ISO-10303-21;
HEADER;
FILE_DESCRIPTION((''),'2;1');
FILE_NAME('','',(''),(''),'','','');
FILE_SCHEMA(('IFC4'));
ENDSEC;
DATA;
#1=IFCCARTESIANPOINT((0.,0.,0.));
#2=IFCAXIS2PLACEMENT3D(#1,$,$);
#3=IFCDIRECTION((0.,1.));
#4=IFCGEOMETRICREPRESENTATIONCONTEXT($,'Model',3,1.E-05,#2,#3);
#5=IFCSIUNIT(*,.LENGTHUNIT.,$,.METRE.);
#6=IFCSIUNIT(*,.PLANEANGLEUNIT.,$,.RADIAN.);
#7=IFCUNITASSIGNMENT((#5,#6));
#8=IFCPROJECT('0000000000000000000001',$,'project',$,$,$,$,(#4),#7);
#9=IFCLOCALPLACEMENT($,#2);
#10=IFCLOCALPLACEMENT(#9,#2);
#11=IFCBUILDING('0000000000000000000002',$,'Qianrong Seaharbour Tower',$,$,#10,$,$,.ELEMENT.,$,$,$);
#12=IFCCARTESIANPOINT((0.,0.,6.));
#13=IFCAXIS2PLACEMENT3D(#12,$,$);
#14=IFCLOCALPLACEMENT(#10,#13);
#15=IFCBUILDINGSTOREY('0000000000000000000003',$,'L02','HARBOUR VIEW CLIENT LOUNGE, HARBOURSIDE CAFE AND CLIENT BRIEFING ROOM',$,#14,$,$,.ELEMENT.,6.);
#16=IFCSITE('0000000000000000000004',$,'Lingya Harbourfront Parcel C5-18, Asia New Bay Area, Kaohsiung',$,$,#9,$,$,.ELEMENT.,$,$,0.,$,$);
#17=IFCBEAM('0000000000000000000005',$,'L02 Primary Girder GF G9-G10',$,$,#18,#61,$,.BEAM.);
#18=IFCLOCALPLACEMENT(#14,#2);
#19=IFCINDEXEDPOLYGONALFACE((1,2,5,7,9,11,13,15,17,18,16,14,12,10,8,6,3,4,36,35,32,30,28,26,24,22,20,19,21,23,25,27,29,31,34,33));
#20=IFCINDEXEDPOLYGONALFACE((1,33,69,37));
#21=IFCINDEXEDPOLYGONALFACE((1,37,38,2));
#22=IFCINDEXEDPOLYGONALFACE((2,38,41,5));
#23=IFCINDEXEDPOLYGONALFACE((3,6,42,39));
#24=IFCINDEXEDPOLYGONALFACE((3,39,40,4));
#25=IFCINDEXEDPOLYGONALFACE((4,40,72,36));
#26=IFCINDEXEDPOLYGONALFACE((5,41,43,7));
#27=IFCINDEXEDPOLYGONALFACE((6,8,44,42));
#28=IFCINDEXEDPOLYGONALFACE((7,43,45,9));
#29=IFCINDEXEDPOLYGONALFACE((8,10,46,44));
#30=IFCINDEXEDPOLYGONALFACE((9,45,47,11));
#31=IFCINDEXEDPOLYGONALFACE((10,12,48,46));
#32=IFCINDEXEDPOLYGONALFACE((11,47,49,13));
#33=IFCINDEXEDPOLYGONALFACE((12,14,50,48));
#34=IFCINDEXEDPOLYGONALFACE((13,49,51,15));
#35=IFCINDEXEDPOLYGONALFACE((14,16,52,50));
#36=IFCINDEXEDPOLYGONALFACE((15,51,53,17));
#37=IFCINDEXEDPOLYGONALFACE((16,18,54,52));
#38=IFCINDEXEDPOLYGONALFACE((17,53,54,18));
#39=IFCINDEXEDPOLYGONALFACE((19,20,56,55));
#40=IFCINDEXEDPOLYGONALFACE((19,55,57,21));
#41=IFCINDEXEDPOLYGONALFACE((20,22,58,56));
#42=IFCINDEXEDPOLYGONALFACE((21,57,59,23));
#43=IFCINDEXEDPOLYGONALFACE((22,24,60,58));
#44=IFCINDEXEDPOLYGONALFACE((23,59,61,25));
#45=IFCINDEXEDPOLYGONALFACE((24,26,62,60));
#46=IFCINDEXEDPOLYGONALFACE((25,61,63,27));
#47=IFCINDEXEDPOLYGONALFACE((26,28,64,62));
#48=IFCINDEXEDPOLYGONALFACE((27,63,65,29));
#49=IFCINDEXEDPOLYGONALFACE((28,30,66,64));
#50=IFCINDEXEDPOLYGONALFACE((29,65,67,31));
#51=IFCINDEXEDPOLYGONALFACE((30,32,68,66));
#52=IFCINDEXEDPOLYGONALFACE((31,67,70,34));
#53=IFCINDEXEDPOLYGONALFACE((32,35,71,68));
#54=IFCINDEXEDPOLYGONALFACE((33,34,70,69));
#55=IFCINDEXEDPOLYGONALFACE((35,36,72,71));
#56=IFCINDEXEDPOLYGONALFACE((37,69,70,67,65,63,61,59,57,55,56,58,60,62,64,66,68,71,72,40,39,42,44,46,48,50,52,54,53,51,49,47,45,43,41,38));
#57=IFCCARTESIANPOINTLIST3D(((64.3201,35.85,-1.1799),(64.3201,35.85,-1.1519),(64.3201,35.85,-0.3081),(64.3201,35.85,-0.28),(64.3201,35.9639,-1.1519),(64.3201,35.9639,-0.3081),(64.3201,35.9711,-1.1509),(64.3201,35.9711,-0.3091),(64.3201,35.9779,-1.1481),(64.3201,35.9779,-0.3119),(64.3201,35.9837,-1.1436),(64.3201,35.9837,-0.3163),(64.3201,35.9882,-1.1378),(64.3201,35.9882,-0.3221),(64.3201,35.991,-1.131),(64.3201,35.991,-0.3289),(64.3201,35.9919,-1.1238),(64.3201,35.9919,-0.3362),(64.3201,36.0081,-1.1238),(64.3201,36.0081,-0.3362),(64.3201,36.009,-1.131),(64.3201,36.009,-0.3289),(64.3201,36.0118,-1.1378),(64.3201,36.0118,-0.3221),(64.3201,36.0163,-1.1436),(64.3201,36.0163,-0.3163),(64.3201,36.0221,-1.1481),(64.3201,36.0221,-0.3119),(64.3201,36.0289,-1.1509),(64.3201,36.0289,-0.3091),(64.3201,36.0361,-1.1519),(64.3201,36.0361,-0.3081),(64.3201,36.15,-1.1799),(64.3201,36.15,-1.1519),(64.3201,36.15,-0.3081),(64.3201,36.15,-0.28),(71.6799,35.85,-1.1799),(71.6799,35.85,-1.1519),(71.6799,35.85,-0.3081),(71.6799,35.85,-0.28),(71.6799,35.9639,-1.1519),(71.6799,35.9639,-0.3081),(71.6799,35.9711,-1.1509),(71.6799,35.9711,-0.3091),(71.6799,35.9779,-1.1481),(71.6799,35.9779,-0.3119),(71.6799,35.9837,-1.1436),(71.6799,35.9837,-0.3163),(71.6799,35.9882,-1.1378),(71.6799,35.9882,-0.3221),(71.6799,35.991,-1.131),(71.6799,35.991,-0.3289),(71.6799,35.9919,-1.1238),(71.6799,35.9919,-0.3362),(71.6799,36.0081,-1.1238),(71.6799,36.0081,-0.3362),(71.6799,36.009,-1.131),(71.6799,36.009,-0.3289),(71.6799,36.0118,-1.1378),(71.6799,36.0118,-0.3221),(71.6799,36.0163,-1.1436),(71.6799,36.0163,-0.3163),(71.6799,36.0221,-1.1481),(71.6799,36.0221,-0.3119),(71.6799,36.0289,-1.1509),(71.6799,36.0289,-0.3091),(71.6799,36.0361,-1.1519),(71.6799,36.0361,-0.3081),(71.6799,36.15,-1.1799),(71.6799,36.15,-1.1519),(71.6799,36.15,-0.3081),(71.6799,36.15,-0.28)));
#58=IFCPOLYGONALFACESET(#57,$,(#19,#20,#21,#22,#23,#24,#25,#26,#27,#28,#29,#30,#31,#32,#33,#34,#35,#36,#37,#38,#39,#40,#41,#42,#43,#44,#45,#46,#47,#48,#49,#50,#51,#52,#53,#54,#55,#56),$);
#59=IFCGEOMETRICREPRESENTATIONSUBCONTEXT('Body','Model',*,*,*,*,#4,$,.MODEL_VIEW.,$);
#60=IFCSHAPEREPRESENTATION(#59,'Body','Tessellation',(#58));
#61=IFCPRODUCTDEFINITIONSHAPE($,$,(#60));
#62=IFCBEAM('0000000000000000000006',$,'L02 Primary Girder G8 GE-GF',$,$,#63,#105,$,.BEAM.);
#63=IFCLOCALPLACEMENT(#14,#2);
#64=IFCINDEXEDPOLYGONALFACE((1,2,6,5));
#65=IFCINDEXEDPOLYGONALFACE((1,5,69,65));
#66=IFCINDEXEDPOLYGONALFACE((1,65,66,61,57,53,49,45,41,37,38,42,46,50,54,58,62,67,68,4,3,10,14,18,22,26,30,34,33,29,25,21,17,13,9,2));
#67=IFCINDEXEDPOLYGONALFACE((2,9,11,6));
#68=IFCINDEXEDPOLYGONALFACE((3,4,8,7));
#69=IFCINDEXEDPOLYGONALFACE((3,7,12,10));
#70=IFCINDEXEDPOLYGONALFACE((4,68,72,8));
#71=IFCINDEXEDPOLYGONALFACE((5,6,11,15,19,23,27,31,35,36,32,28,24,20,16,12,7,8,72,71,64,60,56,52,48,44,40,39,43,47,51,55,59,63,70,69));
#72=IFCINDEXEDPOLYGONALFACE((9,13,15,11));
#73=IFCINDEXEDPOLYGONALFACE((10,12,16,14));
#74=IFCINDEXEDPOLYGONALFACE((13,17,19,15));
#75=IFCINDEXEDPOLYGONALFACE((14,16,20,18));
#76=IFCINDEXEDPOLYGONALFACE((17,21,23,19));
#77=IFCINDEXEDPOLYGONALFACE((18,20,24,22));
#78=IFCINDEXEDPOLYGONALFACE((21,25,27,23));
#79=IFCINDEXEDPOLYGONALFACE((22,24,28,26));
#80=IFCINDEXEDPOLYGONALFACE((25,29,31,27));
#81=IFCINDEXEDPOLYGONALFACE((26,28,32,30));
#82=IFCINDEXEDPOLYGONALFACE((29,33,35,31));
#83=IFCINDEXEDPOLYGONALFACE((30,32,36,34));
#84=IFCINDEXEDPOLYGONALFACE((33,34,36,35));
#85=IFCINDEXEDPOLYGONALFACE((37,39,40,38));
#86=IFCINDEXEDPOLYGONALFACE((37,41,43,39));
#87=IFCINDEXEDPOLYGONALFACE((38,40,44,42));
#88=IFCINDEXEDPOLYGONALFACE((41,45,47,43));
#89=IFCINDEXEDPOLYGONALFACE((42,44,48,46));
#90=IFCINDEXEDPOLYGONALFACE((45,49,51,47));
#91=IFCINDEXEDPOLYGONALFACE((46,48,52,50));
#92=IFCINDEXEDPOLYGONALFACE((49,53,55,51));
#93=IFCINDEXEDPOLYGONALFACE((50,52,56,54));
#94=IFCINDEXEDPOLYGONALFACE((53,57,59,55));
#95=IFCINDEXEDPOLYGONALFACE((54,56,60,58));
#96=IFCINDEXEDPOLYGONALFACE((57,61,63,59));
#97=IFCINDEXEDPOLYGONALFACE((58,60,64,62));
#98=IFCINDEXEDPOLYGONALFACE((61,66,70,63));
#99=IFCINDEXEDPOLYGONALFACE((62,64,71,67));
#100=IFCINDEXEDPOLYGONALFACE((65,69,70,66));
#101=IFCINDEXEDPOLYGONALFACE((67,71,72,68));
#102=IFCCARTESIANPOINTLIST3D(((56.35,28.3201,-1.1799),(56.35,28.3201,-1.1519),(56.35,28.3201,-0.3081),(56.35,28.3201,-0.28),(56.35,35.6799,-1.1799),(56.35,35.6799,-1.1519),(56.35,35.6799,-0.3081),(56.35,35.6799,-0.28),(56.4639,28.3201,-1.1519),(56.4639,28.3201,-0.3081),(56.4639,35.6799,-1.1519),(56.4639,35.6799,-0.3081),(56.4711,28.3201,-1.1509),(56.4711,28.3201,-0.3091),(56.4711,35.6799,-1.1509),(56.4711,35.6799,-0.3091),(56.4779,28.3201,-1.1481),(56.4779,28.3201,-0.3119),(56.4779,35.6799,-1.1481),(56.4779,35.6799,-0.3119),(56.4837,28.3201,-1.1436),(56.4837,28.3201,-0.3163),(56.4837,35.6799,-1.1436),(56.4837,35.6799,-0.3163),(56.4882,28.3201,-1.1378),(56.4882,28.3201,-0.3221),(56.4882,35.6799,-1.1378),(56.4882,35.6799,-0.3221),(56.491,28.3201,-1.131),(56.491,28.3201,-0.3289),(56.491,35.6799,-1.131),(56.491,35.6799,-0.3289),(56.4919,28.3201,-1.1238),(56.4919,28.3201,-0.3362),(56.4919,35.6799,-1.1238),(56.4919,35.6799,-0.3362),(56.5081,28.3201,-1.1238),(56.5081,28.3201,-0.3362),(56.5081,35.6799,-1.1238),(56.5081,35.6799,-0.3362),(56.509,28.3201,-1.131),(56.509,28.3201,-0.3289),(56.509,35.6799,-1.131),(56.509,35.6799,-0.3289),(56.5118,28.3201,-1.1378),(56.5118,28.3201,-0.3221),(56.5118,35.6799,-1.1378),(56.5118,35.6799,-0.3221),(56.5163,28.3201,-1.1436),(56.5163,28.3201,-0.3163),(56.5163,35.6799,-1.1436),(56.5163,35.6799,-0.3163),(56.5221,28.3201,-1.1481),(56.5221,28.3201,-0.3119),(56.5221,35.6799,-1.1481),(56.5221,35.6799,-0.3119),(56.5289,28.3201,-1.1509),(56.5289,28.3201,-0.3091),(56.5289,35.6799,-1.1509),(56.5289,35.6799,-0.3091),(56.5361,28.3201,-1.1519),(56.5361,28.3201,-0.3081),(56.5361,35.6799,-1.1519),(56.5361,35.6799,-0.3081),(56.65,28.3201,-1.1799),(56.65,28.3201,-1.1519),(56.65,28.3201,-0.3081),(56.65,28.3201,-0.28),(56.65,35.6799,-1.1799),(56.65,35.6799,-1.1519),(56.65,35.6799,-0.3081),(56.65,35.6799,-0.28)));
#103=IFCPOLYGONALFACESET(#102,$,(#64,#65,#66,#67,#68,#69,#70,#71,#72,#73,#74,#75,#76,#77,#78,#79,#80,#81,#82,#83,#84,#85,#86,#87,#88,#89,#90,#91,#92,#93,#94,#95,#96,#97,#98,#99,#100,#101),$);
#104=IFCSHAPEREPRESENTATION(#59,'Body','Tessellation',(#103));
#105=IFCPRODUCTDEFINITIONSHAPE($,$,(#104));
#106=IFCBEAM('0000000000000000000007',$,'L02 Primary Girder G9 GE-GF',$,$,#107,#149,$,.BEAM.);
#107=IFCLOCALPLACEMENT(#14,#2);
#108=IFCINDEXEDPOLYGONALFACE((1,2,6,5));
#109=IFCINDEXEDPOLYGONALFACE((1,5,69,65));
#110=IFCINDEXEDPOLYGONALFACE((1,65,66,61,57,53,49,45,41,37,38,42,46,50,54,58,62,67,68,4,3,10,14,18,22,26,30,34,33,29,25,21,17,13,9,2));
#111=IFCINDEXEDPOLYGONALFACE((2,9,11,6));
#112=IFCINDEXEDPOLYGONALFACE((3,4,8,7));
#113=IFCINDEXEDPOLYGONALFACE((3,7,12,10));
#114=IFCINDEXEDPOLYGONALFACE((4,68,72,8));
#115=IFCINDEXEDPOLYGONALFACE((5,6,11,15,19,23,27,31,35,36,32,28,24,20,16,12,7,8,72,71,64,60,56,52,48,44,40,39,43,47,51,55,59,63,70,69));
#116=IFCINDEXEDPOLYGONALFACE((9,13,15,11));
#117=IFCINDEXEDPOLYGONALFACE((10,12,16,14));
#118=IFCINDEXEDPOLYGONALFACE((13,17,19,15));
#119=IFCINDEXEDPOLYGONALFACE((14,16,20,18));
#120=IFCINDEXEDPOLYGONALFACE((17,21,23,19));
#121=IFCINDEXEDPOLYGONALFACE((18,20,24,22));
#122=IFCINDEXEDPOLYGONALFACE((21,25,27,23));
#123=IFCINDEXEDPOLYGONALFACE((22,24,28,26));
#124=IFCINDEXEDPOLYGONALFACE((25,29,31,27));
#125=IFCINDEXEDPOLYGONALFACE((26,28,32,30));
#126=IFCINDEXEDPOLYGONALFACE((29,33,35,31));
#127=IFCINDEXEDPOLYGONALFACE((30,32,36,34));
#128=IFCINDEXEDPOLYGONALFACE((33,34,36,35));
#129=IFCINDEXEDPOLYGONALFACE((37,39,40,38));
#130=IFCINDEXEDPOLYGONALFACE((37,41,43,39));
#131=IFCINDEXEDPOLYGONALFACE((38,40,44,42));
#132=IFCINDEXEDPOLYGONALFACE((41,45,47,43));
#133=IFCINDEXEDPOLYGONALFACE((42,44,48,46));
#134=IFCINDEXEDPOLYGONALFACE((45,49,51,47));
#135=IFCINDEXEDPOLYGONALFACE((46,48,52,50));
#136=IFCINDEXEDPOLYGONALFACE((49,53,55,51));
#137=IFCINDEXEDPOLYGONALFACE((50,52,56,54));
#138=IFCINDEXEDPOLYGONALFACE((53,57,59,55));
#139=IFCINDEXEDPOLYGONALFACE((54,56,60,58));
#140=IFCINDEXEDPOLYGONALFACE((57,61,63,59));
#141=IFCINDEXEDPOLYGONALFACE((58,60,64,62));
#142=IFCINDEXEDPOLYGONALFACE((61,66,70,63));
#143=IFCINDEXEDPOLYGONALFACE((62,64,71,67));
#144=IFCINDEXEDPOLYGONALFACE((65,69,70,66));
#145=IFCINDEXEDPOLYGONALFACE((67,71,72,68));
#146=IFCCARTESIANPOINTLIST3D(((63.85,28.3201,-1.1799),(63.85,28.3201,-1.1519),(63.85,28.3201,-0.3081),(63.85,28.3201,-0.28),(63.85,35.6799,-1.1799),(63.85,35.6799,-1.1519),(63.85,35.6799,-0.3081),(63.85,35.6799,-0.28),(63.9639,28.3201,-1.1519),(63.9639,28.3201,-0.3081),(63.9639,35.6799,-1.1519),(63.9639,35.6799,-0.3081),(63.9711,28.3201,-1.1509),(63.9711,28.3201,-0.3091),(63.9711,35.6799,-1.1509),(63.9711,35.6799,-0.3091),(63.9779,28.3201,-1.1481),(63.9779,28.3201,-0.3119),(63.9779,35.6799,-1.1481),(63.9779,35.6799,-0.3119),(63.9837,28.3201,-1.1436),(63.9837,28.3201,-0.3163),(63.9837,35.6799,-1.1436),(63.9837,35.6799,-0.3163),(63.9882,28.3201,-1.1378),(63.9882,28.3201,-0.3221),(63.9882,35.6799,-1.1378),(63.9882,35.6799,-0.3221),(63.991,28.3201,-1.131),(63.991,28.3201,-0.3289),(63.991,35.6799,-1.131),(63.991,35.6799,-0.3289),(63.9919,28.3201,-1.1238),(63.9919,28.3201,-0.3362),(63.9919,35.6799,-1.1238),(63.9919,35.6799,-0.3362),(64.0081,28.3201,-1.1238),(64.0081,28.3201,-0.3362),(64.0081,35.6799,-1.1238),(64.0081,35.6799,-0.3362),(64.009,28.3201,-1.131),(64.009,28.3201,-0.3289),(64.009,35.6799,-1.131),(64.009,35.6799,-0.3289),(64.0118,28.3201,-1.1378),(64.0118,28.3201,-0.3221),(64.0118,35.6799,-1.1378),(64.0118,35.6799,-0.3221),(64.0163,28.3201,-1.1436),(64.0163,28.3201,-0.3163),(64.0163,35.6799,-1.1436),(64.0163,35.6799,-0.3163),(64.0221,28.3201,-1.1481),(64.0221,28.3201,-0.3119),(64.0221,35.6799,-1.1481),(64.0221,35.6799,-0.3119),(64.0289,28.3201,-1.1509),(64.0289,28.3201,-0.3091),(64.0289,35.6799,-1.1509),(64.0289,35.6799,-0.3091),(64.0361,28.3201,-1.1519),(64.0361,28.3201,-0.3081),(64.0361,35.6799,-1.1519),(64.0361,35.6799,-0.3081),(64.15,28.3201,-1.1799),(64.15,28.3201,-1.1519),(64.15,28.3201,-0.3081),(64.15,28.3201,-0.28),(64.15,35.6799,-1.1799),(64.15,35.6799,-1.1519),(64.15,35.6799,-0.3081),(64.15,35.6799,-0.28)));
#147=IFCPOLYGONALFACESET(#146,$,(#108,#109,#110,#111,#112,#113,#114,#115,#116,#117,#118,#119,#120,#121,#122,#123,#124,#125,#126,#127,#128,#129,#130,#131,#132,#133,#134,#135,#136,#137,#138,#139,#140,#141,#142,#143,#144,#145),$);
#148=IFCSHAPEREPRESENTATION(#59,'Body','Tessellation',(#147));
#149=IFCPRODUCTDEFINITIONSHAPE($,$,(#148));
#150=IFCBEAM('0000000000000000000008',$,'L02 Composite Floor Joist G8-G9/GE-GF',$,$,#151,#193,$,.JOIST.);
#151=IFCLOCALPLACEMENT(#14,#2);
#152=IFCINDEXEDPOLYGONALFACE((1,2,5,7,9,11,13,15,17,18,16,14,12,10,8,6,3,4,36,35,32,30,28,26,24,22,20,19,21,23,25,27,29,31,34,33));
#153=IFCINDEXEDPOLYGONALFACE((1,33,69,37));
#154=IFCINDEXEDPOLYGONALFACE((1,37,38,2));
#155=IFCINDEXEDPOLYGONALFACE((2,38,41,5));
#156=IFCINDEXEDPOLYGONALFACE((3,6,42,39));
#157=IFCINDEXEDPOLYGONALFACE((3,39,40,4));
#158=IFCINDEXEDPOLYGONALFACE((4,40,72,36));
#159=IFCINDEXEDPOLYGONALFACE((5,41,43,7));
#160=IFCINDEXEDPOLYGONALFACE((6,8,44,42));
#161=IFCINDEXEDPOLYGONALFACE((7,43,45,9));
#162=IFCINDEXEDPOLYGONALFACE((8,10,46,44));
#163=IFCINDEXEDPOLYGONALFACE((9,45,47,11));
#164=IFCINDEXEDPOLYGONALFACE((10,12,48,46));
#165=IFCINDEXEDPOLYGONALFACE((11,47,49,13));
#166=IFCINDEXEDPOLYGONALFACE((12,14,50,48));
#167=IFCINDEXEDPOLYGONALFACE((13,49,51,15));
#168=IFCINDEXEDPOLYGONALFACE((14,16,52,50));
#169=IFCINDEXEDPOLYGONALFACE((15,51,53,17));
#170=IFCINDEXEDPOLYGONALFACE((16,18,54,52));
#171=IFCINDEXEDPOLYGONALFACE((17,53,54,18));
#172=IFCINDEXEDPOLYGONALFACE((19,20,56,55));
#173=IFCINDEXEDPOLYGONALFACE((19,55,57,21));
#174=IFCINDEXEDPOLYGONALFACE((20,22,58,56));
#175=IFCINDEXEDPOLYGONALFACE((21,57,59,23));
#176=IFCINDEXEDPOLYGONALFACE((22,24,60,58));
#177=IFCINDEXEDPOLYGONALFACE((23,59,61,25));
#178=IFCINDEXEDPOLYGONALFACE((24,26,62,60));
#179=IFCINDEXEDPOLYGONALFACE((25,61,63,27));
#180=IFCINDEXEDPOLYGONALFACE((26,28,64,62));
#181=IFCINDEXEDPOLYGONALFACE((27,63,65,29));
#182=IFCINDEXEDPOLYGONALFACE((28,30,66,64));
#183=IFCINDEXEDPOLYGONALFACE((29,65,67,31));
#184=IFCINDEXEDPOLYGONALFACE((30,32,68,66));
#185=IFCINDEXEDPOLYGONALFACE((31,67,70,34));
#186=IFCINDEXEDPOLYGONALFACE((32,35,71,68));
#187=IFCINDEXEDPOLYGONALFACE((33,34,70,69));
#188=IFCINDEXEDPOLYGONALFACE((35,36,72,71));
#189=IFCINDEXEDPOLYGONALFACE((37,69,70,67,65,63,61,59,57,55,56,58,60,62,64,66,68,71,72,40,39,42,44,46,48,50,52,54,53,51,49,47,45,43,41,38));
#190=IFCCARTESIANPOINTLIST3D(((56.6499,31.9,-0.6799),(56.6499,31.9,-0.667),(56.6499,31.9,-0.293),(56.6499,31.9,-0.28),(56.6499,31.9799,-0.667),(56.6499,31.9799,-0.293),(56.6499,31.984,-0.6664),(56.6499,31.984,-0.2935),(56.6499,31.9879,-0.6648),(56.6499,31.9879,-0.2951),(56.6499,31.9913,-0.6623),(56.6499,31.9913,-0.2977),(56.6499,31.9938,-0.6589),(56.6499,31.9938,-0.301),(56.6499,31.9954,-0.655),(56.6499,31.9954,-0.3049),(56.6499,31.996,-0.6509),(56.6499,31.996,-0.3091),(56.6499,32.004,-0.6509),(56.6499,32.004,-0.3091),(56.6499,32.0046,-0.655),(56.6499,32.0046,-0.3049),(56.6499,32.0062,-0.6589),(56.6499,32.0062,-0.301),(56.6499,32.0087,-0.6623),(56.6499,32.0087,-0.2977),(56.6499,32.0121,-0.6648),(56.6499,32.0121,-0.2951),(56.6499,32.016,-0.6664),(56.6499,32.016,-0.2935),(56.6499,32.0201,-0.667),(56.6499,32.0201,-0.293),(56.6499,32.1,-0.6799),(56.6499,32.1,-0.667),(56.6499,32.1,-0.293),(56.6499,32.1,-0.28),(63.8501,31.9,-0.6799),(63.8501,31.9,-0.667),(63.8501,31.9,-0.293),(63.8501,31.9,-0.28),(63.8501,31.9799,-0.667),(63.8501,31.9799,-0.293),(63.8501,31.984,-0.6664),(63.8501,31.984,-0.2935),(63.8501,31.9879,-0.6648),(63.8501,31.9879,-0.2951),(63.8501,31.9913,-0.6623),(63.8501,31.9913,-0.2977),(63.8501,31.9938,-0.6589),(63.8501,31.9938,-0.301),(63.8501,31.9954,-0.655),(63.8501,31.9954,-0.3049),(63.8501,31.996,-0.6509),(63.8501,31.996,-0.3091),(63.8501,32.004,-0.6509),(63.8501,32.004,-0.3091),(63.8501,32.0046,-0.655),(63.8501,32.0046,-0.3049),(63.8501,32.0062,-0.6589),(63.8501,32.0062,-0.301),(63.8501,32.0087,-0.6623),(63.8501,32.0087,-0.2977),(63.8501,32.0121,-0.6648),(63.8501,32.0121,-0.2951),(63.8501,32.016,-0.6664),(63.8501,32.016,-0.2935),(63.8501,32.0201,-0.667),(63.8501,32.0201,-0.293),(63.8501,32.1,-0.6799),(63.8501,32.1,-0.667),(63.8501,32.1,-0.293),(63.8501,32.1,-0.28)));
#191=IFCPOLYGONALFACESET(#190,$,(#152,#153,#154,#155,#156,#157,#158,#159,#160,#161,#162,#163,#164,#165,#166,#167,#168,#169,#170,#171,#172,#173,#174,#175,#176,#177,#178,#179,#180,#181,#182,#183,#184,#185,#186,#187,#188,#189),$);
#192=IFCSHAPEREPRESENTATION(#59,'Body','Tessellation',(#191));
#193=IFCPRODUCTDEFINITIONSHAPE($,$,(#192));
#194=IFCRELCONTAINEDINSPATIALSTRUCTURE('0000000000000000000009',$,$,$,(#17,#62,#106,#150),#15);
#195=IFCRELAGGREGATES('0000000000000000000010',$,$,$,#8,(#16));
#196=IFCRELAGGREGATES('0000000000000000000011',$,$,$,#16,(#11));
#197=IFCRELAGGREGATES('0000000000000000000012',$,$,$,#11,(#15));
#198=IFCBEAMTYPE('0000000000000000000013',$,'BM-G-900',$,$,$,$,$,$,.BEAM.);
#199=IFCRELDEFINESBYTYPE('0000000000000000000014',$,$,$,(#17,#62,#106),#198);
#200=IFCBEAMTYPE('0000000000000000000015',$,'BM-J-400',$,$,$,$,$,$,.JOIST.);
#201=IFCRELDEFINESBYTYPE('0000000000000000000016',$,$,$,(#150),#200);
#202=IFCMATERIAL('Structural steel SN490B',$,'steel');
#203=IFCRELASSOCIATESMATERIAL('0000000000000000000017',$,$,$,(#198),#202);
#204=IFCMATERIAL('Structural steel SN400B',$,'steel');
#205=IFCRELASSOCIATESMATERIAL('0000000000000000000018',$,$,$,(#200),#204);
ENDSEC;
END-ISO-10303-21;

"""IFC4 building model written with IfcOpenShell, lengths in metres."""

from ifc_helpers import new_model, si_unit, direction, frame, origin, origin_2d, place, context, subcontext, project, spatial, i_section, extrude, material, material_profile, profile_set, type_object, element, save


model = new_model("IFC4")

# Units and contexts
model_context = context("Model", 3, precision=1e-05, world=origin(), true_north=direction((0.0, 1.0)))
body_context = subcontext(model_context, "Body", "Model", "MODEL_VIEW")
ifc_project = project(units=[si_unit("LENGTHUNIT", "METRE"), si_unit("PLANEANGLEUNIT", "RADIAN")], contexts=[model_context])

# Site, building, storey
site_placement = place(None, origin())
site = spatial("IfcSite", under=ifc_project, at=site_placement, Name="Lingya Harbourfront Parcel C5-18, Asia New Bay Area, Kaohsiung", CompositionType="ELEMENT", RefElevation=0.0)
building_placement = place(site_placement, origin())
building = spatial("IfcBuilding", under=site, at=building_placement, Name="Qianrong Seaharbour Tower", CompositionType="ELEMENT")
storey_placement = place(building_placement, frame((0.0, 0.0, 6.0)))
storey = spatial("IfcBuildingStorey", under=building, at=storey_placement, Name="L02", Description="HARBOUR VIEW CLIENT LOUNGE, HARBOURSIDE CAFE AND CLIENT BRIEFING ROOM", CompositionType="ELEMENT", Elevation=6.0)

# Shared definitions
ifc_material_1 = material(Name="Structural steel SN490B", Category="steel")

# Beams
ifc_material_profile_1 = material_profile(ifc_material_1, i_section(OverallWidth=0.3, OverallDepth=0.8999, WebThickness=0.0161, FlangeThickness=0.0281, FilletRadius=0.0281, at=origin_2d()), Name="H900x300x16x28")
ifc_profile_set_1 = profile_set([ifc_material_profile_1], Name="Structural steel SN490B")
beam_type_1 = type_object("IfcBeamType", Name="BM-G-900", PredefinedType="BEAM", material=ifc_profile_set_1)
for number, where, z_axis, x_axis, name in (
    (1, (64.3201, 36.0, -0.73), (1.0, 0.0, 0.0), (0.0, 1.0, 0.0), "L02 Primary Girder GF G9-G10"),
    (2, (56.5, 28.3201, -0.73), (0.0, 1.0, 0.0), (-1.0, 0.0, 0.0), "L02 Primary Girder G8 GE-GF"),
    (3, (64.0, 28.3201, -0.73), (0.0, 1.0, 0.0), (-1.0, 0.0, 0.0), "L02 Primary Girder G9 GE-GF"),
):
    element("IfcBeam", number, at=place(storey_placement, frame(where, z_axis=z_axis, x_axis=x_axis)), inside=storey, type_object=beam_type_1, Name=name, PredefinedType="BEAM", context=body_context, shape_type="SweptSolid", body=[
        extrude(i_section(OverallWidth=0.3, OverallDepth=0.8999, WebThickness=0.0161, FlangeThickness=0.0281, FilletRadius=0.0281, at=origin_2d()), origin(), (0.0, 0.0, 1.0), 7.3599),
    ])
ifc_material_2 = material(Name="Structural steel SN400B", Category="steel")
ifc_material_profile_2 = material_profile(ifc_material_2, i_section(OverallWidth=0.2, OverallDepth=0.3999, WebThickness=0.0081, FlangeThickness=0.0129, FilletRadius=0.0161, at=origin_2d()), Name="H400x200x8x13")
ifc_profile_set_2 = profile_set([ifc_material_profile_2], Name="Structural steel SN400B")
beam_type_2 = type_object("IfcBeamType", Name="BM-J-400", PredefinedType="JOIST", material=ifc_profile_set_2)
beam_1_placement = place(storey_placement, frame((56.6499, 32.0, -0.48), z_axis=(1.0, 0.0, 0.0), x_axis=(0.0, 1.0, 0.0)))
element("IfcBeam", 4, at=beam_1_placement, inside=storey, type_object=beam_type_2, Name="L02 Composite Floor Joist G8-G9/GE-GF", PredefinedType="JOIST", context=body_context, shape_type="SweptSolid", body=[
    extrude(i_section(OverallWidth=0.2, OverallDepth=0.3999, WebThickness=0.0081, FlangeThickness=0.0129, FilletRadius=0.0161, at=origin_2d()), origin(), (0.0, 0.0, 1.0), 7.2002),
])

save(model, "model.ifc")
